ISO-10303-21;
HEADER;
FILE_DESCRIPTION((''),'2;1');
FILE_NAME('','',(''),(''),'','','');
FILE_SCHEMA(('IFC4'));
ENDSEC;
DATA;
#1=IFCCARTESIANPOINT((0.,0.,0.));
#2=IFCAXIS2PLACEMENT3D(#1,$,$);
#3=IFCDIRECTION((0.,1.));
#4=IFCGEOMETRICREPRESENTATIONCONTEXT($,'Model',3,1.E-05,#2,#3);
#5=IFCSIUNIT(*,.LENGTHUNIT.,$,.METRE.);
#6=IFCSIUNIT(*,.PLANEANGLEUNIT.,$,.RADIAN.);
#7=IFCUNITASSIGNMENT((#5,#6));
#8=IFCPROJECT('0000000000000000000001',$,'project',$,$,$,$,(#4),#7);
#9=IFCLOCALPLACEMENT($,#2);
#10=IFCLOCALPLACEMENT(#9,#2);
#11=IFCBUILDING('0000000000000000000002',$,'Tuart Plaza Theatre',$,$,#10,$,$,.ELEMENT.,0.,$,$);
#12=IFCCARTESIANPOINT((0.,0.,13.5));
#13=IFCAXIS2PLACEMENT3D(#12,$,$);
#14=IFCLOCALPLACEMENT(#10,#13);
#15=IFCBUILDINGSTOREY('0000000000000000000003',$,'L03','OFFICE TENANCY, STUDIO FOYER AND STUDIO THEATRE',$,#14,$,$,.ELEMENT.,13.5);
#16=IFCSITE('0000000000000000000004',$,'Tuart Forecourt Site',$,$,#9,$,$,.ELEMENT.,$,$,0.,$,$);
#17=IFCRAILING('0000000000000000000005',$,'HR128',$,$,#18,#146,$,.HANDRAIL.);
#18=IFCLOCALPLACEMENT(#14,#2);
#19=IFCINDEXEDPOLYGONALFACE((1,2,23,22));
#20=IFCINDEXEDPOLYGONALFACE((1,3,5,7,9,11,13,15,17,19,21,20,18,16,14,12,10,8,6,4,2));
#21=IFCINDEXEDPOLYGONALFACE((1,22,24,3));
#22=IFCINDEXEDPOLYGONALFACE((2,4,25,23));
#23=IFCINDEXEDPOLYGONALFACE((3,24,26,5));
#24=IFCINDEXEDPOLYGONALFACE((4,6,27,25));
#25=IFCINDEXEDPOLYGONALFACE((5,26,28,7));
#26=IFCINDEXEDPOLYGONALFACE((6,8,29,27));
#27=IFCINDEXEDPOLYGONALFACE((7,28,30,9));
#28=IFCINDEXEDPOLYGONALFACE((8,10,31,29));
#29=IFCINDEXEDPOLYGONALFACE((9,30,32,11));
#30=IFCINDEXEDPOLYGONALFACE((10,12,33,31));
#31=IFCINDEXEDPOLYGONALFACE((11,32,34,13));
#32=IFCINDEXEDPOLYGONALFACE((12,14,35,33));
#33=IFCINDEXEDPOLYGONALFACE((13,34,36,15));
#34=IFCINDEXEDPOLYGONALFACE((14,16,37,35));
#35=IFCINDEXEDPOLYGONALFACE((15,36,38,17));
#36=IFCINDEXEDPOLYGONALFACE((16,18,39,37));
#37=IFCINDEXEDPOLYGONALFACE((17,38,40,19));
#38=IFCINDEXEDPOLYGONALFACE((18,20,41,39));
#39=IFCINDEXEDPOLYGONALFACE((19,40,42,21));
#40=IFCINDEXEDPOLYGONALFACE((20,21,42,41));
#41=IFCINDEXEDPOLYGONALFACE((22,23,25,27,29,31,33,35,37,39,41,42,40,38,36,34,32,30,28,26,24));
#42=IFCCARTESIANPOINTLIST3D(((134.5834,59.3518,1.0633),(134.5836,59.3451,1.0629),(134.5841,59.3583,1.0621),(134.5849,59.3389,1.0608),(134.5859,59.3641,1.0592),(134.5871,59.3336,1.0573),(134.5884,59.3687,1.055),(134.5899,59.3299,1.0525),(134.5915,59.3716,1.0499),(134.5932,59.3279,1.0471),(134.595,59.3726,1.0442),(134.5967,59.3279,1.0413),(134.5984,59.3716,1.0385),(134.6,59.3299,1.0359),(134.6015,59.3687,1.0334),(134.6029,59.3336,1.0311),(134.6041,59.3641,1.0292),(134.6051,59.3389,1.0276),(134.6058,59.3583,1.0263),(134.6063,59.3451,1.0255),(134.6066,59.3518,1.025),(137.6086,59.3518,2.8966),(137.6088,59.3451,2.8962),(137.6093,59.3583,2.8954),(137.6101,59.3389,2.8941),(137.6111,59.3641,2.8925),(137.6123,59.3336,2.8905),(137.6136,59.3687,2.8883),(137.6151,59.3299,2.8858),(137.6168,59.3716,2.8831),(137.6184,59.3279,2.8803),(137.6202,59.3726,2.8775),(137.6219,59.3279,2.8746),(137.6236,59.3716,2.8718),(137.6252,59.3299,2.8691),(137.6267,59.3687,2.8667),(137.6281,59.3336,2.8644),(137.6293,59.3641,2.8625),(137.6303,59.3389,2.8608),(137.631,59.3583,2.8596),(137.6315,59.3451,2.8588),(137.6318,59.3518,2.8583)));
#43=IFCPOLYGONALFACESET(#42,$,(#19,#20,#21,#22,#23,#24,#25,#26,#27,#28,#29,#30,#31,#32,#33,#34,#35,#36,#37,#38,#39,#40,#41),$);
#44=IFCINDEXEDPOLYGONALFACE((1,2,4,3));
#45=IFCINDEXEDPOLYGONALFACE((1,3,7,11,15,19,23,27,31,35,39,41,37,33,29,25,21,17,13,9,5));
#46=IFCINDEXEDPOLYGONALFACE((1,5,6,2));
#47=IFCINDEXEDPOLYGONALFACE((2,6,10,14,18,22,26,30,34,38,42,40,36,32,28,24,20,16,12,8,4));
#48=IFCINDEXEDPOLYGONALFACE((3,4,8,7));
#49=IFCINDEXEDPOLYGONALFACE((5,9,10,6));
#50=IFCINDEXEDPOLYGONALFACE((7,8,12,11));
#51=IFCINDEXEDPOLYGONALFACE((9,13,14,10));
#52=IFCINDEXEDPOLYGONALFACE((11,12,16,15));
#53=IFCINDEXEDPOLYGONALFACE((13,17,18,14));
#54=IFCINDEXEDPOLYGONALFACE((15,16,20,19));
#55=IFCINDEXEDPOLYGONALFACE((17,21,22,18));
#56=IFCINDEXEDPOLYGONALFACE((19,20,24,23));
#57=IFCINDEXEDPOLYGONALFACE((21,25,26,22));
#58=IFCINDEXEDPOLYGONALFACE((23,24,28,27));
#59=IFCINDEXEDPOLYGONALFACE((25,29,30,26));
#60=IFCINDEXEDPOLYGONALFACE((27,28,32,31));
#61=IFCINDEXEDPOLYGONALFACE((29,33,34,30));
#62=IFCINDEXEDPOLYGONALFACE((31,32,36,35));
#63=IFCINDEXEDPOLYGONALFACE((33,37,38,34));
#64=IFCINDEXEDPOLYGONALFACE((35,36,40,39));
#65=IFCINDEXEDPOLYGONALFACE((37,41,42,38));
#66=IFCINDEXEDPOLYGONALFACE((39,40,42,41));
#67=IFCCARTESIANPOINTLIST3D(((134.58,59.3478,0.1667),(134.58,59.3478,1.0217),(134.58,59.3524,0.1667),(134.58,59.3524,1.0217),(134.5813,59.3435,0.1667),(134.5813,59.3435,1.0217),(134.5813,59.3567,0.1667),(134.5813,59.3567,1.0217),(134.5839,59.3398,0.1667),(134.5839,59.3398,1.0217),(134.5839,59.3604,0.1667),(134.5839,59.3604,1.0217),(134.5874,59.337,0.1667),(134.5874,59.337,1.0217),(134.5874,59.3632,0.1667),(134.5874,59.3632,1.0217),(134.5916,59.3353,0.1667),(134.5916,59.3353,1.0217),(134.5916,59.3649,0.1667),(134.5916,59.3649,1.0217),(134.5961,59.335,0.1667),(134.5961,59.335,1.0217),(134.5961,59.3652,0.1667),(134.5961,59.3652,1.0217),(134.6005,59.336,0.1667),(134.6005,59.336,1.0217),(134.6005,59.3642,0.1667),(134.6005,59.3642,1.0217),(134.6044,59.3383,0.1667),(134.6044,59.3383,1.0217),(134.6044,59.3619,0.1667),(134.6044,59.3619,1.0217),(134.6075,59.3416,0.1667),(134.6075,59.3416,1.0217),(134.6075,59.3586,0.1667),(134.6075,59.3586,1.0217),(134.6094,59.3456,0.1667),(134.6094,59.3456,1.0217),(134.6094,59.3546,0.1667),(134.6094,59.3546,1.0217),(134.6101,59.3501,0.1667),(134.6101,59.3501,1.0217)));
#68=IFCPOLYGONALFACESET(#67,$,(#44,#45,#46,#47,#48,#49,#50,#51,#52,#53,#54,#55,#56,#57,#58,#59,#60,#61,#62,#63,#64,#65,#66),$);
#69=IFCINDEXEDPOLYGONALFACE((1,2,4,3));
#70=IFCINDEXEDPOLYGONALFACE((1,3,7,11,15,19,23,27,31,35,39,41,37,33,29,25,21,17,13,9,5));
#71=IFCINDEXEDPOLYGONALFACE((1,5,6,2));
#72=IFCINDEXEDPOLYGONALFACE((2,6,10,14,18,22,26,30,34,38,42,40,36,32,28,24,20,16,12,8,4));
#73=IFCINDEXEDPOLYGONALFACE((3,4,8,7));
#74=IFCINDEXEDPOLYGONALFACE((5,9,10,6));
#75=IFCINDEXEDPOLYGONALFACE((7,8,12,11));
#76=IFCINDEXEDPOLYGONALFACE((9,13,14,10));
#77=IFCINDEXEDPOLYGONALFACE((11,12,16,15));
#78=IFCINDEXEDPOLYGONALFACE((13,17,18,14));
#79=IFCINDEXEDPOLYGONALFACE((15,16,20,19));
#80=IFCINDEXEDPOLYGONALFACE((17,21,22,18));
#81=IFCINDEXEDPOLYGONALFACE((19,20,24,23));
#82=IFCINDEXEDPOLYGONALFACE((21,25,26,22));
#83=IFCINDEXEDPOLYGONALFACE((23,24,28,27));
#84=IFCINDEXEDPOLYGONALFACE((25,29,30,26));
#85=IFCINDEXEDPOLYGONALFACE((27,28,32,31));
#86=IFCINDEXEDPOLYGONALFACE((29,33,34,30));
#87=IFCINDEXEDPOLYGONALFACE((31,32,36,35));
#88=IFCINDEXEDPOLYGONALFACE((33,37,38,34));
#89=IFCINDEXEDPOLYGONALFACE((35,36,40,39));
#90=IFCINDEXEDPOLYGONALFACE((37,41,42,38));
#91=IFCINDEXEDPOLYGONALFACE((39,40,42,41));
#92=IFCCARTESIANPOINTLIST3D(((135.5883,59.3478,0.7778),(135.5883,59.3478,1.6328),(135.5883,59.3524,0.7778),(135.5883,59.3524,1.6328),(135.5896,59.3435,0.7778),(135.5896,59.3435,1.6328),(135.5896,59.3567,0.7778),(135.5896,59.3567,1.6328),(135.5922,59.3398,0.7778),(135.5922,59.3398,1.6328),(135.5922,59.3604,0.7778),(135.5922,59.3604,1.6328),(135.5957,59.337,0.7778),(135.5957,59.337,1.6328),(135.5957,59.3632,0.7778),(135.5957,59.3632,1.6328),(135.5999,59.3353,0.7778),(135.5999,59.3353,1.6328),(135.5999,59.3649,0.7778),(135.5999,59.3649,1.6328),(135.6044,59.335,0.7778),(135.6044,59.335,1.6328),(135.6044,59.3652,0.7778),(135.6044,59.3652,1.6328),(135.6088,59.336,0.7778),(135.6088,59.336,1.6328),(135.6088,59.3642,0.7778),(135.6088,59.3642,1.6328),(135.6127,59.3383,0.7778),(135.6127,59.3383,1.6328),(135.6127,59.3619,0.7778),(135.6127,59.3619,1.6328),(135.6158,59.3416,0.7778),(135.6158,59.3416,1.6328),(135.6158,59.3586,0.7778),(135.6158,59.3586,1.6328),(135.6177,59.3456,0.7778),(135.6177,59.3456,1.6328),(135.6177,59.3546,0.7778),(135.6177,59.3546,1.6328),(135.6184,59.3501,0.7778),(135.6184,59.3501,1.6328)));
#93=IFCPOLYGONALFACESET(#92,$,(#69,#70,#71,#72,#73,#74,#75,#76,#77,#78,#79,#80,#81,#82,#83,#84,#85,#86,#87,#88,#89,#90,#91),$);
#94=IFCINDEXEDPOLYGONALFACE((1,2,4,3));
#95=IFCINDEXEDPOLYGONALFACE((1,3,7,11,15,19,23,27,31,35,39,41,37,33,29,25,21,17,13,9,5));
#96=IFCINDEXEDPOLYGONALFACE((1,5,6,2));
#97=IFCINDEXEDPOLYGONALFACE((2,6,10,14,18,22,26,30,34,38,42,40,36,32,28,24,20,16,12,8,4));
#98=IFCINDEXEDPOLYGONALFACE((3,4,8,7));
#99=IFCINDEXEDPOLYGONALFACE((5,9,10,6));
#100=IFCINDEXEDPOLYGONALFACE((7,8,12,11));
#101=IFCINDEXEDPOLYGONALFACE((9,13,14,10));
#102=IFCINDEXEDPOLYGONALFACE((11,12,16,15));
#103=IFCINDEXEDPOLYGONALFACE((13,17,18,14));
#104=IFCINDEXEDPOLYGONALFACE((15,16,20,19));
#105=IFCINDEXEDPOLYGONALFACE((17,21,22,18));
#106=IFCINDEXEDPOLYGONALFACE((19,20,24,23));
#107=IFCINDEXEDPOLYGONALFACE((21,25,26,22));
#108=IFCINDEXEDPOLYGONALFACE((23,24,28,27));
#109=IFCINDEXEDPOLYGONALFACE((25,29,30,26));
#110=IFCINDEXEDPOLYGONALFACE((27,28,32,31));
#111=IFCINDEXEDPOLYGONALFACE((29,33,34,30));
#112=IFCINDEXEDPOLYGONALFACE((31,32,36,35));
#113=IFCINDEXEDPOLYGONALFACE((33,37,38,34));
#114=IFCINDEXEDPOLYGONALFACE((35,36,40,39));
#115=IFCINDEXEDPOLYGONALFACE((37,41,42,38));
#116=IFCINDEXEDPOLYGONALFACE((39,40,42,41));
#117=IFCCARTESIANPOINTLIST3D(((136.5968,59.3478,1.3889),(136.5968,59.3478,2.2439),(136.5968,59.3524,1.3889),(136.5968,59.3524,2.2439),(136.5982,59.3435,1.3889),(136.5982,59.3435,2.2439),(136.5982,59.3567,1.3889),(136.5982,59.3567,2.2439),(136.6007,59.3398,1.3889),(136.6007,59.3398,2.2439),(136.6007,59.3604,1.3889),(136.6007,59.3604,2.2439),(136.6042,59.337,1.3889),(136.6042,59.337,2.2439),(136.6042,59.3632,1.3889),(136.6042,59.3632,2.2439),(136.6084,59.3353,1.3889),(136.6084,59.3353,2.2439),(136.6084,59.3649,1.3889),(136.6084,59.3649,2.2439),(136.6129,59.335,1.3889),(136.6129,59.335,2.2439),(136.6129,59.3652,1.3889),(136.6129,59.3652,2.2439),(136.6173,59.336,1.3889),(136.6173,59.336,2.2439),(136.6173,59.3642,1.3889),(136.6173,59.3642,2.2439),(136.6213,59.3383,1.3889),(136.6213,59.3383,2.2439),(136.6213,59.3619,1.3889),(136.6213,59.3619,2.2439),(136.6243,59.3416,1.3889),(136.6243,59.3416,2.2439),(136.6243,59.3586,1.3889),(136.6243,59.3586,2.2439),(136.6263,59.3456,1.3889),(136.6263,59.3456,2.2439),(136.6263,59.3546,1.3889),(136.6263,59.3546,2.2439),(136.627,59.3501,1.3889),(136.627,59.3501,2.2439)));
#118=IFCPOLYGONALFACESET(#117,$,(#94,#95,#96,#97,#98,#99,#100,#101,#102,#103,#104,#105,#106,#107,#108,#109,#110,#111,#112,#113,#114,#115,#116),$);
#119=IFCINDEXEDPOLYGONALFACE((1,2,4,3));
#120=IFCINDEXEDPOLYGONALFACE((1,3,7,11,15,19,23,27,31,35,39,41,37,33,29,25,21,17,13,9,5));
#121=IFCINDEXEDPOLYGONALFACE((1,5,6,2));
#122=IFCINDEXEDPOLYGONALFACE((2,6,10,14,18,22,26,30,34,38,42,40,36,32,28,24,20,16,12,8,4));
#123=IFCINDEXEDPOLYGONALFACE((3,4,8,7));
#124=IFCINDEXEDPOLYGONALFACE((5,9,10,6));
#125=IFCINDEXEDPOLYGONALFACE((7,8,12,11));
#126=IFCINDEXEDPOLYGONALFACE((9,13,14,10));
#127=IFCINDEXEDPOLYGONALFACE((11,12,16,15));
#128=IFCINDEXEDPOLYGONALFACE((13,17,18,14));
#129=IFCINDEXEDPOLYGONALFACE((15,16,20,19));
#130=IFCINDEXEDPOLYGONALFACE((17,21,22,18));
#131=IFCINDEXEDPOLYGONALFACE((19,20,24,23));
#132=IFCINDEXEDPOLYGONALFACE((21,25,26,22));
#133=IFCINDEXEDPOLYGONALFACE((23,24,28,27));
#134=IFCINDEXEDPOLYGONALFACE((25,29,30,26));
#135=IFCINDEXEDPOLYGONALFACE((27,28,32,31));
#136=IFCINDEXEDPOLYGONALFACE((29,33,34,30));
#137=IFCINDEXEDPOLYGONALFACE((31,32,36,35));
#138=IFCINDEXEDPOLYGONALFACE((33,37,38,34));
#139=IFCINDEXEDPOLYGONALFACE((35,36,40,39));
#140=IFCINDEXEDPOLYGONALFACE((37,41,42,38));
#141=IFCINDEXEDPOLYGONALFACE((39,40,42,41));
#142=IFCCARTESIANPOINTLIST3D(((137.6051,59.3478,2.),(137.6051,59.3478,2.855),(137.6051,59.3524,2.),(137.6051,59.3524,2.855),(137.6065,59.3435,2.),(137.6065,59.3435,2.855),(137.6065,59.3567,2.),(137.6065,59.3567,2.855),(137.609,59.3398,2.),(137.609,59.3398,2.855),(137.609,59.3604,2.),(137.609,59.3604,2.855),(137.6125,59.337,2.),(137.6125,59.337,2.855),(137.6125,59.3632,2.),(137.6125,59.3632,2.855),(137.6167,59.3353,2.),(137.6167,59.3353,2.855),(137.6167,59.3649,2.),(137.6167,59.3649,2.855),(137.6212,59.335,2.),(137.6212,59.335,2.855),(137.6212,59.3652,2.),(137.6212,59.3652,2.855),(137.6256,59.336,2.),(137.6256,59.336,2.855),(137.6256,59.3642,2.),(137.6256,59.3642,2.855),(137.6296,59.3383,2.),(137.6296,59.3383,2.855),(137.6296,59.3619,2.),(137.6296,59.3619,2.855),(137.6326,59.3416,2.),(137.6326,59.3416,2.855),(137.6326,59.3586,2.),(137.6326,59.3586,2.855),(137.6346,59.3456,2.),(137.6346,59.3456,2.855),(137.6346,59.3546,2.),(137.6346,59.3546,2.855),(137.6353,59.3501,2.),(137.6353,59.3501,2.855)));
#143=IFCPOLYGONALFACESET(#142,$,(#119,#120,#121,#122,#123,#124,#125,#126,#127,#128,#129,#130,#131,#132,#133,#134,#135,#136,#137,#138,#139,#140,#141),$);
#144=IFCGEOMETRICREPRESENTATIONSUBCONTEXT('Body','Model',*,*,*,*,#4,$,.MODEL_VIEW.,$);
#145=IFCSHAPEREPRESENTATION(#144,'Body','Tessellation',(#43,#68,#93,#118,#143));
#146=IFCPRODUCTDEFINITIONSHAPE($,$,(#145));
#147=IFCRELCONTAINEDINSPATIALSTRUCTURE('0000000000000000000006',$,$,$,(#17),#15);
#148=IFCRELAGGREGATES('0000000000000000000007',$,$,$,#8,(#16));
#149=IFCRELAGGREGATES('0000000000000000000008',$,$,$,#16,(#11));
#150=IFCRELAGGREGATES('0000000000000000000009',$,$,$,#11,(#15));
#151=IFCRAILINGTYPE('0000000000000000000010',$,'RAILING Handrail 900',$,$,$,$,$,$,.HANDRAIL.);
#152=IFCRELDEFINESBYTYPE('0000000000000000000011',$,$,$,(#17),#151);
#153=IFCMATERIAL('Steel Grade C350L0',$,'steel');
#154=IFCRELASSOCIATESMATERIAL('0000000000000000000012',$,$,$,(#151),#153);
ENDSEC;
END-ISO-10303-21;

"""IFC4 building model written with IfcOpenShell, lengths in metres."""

from ifc_helpers import new_model, si_unit, direction, frame, origin, origin_2d, place, context, subcontext, project, spatial, circle, extrude, material, type_object, element, save


model = new_model("IFC4")

# Units and contexts
model_context = context("Model", 3, precision=1e-05, world=origin(), true_north=direction((0.0, 1.0)))
body_context = subcontext(model_context, "Body", "Model", "MODEL_VIEW")
ifc_project = project(units=[si_unit("LENGTHUNIT", "METRE"), si_unit("PLANEANGLEUNIT", "RADIAN")], contexts=[model_context])

# Site, building, storey
site_placement = place(None, origin())
site = spatial("IfcSite", under=ifc_project, at=site_placement, Name="Tuart Forecourt Site", CompositionType="ELEMENT", RefElevation=0.0)
building_placement = place(site_placement, origin())
building = spatial("IfcBuilding", under=site, at=building_placement, Name="Tuart Plaza Theatre", CompositionType="ELEMENT", ElevationOfRefHeight=0.0)
storey_placement = place(building_placement, frame((0.0, 0.0, 13.5)))
storey = spatial("IfcBuildingStorey", under=building, at=storey_placement, Name="L03", Description="OFFICE TENANCY, STUDIO FOYER AND STUDIO THEATRE", CompositionType="ELEMENT", Elevation=13.5)

# Railing
ifc_material_1 = material(Name="Steel Grade C350L0", Category="steel")
railing_type_1 = type_object("IfcRailingType", Name="RAILING Handrail 900", PredefinedType="HANDRAIL", material=ifc_material_1)
for number, where, name in (
    (1, (134.595, 59.3501, 0.1667), "HR128"),
):
    element("IfcRailing", number, at=place(storey_placement, frame(where)), inside=storey, type_object=railing_type_1, Name=name, PredefinedType="HANDRAIL", context=body_context, shape_type="SweptSolid", body=[
        extrude(circle(Radius=0.0225, at=origin_2d()), frame((0.0, 0.0, 0.8774), z_axis=(0.855219, 0.0, 0.518267), x_axis=(0.0, 1.0, 0.0)), (0.0, 0.0, 1.0), 3.5374),
        extrude(circle(Radius=0.0151, at=origin_2d()), origin(), (0.0, 0.0, 1.0), 0.855),
        extrude(circle(Radius=0.0151, at=origin_2d()), frame((1.0083, 0.0, 0.6111)), (0.0, 0.0, 1.0), 0.855),
        extrude(circle(Radius=0.0151, at=origin_2d()), frame((2.0168, 0.0, 1.2222)), (0.0, 0.0, 1.0), 0.855),
        extrude(circle(Radius=0.0151, at=origin_2d()), frame((3.0251, 0.0, 1.8333)), (0.0, 0.0, 1.0), 0.855),
    ])

save(model, "model.ifc")
